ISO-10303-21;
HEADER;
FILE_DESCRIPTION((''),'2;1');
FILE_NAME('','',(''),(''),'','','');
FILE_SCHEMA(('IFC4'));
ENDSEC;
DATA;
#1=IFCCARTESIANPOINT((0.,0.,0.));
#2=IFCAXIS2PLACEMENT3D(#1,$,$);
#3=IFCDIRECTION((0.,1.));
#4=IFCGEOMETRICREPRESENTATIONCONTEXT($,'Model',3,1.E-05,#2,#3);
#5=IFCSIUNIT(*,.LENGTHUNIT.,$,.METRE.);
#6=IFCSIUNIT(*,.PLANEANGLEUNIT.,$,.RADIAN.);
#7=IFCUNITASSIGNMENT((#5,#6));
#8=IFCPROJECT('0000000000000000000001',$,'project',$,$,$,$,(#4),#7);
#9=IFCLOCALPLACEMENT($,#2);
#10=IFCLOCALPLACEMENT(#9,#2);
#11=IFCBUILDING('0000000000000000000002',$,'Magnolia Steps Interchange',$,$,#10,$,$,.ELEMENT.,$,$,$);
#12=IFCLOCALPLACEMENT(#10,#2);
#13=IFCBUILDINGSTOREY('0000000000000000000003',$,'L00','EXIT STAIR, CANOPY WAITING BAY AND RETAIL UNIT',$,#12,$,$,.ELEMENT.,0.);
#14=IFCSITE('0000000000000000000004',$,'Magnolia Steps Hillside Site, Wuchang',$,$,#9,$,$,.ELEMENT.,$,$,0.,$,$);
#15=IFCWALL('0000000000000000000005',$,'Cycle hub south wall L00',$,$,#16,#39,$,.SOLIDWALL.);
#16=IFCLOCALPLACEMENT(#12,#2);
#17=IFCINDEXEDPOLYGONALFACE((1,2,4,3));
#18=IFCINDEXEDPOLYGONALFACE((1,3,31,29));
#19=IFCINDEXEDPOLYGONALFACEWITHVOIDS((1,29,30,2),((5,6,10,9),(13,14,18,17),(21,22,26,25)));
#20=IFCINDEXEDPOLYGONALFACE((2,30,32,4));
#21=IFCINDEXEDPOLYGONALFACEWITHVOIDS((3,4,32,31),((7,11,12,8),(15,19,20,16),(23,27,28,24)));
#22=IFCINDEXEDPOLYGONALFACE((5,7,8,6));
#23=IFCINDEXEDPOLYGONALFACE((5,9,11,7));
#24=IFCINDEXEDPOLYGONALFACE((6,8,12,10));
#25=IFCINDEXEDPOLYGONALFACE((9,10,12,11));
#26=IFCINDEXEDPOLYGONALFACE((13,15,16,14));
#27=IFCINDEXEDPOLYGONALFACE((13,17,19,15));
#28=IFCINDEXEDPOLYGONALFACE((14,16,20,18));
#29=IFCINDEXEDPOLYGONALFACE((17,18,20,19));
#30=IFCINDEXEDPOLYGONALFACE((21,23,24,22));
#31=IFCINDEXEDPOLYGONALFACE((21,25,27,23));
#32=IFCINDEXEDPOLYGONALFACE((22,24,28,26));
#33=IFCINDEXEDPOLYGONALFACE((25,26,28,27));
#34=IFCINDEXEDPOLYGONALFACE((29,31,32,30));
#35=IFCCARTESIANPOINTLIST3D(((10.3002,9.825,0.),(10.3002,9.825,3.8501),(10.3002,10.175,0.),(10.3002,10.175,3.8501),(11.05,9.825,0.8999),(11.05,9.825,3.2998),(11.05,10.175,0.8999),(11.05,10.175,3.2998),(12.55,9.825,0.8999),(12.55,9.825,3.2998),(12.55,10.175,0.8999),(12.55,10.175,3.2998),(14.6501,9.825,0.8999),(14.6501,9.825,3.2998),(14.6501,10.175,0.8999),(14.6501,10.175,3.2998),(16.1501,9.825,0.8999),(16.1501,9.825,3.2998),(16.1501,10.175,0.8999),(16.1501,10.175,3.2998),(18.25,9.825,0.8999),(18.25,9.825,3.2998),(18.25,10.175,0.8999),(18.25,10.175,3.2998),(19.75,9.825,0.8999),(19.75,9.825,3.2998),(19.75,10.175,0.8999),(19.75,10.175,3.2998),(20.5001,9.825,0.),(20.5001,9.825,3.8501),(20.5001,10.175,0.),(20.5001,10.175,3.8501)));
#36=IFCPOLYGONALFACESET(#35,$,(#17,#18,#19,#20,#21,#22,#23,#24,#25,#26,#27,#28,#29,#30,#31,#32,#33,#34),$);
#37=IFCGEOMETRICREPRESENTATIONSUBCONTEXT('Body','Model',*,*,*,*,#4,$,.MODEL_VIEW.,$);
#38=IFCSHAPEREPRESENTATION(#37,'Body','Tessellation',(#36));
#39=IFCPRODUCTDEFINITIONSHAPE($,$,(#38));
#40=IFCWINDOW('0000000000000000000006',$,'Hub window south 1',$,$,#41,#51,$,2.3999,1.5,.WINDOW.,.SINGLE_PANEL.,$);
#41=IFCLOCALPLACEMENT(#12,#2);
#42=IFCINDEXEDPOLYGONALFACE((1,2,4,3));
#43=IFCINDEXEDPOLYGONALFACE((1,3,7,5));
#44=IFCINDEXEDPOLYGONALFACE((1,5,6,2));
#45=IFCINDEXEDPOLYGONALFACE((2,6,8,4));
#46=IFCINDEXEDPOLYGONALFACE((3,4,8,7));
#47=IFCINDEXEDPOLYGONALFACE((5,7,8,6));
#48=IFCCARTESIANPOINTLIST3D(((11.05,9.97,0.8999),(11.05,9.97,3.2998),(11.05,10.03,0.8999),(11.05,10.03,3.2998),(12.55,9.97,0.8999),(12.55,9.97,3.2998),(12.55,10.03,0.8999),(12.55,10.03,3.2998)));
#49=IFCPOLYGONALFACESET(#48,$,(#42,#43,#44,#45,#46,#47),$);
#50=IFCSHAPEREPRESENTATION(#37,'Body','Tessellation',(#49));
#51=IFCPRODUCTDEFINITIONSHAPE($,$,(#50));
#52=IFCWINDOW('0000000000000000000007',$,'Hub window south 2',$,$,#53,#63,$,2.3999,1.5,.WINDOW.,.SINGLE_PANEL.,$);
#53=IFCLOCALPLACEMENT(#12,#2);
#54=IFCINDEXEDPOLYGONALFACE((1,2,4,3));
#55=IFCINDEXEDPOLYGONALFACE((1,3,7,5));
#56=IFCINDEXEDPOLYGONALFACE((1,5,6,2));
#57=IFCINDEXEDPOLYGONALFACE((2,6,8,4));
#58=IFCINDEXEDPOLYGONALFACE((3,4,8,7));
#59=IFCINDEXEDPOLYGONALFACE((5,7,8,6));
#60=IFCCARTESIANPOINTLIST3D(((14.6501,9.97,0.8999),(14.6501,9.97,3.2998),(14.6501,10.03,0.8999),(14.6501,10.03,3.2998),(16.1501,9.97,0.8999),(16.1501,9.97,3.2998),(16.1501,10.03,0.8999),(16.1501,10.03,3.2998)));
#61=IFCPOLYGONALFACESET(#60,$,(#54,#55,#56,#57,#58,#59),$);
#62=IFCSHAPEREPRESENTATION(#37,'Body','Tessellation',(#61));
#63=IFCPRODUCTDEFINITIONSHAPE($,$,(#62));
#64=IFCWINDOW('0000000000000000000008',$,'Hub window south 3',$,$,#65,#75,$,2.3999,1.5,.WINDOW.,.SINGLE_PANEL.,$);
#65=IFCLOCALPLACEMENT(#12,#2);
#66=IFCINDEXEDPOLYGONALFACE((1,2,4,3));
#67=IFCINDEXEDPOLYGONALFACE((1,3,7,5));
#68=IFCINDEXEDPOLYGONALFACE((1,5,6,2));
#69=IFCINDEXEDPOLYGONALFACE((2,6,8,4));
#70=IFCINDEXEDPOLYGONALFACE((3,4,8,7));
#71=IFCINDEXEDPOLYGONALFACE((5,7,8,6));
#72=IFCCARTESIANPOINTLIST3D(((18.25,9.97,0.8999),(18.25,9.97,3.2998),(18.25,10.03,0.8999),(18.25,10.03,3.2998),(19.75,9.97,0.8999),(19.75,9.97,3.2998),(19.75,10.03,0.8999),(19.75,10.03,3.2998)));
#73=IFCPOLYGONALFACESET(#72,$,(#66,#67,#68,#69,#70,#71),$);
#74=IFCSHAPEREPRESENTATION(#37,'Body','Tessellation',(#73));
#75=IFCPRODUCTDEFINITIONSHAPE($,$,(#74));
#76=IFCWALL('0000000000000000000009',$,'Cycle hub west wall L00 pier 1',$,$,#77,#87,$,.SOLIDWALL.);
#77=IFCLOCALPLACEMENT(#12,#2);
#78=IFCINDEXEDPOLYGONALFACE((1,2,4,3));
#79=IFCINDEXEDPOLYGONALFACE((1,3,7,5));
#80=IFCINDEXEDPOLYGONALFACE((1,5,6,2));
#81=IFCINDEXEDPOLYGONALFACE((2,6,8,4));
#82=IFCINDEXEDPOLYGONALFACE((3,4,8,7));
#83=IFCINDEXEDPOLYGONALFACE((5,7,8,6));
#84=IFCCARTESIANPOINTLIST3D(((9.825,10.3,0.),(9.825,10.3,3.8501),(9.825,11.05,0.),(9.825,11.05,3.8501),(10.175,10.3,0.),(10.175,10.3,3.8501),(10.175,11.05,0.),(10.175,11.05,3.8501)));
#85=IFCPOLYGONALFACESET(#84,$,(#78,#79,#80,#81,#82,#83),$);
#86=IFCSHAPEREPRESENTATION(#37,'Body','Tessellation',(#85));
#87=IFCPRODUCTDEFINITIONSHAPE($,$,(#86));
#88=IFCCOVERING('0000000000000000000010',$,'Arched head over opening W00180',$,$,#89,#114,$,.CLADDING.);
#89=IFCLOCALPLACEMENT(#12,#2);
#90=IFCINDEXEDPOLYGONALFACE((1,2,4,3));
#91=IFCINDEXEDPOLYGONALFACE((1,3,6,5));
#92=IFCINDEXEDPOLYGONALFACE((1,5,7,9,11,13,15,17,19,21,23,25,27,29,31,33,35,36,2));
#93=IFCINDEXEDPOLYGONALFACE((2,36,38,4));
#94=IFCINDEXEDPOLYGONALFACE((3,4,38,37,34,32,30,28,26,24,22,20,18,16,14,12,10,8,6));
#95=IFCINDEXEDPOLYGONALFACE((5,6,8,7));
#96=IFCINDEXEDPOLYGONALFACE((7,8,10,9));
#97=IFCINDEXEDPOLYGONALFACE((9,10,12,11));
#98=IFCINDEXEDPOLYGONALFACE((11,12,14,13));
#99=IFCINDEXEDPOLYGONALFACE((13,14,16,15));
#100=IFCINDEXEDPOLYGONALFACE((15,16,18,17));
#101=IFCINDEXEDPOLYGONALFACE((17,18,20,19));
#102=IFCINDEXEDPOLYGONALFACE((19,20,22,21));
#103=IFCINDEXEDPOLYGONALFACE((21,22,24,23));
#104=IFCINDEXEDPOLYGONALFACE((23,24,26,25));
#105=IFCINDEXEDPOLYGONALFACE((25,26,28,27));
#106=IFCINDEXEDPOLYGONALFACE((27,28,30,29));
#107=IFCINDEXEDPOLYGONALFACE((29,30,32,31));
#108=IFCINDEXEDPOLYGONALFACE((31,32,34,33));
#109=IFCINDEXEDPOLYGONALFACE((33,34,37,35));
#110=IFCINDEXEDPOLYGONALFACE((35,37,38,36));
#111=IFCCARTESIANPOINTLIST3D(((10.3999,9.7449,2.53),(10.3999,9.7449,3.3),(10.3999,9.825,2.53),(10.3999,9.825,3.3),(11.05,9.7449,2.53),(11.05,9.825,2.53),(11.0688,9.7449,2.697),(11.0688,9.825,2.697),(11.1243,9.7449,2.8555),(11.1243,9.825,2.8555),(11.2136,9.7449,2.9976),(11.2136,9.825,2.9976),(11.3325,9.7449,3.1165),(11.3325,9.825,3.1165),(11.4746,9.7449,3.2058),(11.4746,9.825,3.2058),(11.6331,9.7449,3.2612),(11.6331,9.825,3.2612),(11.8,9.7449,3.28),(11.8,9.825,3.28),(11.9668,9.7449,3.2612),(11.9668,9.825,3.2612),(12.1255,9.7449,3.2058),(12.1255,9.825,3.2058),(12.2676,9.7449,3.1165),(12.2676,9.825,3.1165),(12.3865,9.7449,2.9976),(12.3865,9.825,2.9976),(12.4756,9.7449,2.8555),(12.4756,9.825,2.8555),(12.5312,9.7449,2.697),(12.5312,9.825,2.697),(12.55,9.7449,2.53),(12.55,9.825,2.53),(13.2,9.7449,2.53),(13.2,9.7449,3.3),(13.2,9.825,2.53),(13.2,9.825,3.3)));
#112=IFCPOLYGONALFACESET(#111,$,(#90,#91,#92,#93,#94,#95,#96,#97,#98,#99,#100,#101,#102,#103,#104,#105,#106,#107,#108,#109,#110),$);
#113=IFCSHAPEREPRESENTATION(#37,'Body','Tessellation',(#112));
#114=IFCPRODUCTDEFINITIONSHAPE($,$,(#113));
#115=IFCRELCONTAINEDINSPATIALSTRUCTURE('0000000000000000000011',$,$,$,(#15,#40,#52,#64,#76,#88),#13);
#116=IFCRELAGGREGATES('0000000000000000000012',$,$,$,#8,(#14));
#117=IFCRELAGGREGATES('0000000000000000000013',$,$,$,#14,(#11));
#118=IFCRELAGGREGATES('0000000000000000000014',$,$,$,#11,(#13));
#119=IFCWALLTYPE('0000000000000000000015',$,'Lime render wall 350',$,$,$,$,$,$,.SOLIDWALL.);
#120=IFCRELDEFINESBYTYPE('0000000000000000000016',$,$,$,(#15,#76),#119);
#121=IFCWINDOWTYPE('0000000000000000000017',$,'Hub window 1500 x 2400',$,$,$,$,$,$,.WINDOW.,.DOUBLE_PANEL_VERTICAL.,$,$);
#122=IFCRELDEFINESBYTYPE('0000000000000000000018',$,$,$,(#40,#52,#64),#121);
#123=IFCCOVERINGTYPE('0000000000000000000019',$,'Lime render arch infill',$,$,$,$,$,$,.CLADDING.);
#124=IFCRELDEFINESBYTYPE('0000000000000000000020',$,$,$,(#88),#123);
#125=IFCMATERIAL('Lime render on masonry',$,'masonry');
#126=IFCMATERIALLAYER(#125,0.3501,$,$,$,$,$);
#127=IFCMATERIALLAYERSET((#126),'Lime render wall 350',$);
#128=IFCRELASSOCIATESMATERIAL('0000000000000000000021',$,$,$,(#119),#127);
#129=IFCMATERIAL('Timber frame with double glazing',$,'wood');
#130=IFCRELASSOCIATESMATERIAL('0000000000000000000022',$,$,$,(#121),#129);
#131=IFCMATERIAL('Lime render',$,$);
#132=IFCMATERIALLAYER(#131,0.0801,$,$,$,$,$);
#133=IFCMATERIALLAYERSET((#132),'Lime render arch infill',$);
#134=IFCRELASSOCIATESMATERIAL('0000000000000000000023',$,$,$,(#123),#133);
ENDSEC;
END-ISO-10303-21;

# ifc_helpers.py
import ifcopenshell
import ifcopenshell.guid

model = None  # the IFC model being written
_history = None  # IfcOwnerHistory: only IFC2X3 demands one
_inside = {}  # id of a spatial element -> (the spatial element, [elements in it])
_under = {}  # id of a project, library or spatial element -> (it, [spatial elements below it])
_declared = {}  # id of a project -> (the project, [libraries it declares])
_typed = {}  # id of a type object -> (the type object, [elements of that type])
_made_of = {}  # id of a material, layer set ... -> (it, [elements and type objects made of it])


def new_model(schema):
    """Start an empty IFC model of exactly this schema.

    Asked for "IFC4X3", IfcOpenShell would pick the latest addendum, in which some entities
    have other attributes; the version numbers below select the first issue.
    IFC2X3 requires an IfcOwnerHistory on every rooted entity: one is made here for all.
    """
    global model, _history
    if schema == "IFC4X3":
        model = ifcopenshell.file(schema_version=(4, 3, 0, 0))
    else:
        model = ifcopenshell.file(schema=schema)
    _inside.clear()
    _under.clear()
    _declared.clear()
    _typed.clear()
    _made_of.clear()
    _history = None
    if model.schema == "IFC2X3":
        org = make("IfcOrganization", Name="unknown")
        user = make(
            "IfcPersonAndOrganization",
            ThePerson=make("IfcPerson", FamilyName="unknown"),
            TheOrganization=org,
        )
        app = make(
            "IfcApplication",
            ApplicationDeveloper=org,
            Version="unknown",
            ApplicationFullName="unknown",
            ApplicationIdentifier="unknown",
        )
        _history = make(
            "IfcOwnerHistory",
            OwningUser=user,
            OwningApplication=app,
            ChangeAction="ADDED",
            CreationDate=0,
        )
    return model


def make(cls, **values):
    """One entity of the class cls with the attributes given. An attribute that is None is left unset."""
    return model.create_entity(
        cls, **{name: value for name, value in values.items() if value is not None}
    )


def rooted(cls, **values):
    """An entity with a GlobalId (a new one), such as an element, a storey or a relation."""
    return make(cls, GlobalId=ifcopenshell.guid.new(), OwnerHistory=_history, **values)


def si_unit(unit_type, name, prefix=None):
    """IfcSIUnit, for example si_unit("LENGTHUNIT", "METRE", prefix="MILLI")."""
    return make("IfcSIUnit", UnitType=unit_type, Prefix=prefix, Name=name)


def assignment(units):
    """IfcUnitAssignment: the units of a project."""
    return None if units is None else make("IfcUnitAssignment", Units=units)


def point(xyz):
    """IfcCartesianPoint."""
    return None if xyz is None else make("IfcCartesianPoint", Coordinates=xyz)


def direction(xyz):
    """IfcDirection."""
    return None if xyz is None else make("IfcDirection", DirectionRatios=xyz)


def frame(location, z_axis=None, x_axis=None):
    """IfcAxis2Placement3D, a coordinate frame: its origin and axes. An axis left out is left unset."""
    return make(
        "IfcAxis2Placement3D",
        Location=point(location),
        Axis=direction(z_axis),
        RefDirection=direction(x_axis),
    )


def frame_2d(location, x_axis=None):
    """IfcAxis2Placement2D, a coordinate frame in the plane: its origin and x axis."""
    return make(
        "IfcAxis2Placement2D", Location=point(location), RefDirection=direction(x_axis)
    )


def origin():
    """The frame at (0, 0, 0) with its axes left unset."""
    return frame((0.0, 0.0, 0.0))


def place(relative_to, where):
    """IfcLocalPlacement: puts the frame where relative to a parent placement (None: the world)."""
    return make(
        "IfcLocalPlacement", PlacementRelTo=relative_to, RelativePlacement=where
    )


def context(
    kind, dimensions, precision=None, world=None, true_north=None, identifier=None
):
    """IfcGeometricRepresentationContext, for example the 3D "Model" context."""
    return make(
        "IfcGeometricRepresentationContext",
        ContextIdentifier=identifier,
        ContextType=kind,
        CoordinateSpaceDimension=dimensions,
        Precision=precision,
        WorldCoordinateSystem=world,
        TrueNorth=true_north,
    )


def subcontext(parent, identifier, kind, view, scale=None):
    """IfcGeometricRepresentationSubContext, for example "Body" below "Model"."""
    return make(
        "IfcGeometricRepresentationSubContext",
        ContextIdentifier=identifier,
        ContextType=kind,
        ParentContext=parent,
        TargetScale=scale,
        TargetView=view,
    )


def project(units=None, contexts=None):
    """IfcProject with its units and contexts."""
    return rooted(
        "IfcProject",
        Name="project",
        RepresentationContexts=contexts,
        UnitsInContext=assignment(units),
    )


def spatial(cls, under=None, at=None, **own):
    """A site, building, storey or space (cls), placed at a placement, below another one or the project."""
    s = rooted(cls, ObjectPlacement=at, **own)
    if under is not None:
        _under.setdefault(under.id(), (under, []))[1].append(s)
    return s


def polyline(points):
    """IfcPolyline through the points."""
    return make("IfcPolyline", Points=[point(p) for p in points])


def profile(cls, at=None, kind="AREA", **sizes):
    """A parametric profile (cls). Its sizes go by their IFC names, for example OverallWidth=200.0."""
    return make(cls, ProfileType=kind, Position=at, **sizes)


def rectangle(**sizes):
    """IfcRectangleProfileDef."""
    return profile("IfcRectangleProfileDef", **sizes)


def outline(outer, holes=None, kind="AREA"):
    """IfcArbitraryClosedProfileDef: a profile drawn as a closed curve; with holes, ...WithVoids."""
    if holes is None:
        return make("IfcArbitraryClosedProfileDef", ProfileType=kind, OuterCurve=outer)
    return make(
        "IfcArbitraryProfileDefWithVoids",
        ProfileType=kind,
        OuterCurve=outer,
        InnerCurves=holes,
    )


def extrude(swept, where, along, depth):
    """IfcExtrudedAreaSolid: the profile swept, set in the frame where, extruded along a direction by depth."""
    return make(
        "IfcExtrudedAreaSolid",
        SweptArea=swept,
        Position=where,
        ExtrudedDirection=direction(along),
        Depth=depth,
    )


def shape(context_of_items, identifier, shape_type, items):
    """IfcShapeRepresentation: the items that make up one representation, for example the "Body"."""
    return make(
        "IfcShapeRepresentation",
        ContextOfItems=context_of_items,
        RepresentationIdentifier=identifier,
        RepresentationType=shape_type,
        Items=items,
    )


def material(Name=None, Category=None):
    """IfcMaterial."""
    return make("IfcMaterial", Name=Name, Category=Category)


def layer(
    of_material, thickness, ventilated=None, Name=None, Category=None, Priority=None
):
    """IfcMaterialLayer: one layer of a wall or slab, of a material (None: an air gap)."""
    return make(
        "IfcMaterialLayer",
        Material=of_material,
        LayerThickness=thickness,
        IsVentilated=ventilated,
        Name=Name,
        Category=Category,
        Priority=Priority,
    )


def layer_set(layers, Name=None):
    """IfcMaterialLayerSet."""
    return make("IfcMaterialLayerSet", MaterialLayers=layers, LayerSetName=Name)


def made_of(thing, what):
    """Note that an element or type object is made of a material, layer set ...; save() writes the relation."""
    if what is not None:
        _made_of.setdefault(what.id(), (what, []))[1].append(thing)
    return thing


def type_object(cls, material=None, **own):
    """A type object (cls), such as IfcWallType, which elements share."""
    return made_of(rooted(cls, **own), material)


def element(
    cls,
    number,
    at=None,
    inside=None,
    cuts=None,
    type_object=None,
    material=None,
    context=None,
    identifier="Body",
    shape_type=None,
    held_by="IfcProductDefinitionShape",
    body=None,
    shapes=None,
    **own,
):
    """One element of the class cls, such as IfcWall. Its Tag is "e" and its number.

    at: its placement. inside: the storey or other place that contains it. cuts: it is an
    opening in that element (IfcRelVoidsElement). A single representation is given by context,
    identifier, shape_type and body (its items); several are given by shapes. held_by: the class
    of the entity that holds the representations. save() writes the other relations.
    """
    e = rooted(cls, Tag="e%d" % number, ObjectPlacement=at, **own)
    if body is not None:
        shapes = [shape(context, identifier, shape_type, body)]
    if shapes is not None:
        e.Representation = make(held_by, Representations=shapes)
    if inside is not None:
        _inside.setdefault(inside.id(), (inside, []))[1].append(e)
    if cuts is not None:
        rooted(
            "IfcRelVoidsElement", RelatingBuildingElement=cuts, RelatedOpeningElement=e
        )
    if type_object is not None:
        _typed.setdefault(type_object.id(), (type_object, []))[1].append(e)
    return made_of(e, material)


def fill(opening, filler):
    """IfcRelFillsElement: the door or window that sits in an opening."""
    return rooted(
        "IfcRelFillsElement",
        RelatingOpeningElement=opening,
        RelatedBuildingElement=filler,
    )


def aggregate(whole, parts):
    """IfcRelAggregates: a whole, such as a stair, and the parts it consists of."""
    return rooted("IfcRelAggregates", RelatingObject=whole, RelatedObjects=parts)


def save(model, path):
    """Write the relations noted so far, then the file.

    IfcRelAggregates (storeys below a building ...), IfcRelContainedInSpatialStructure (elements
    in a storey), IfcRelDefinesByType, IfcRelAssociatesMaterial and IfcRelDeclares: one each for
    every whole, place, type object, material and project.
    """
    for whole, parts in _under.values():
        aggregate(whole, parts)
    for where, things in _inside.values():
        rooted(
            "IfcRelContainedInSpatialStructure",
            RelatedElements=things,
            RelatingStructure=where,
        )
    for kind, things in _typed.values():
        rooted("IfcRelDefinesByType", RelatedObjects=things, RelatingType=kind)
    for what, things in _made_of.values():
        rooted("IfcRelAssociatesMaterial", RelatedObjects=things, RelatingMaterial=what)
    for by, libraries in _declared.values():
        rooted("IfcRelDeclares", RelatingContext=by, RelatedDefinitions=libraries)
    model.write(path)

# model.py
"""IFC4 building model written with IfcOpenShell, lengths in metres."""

from ifc_helpers import new_model, si_unit, direction, frame, frame_2d, origin, place, context, subcontext, project, spatial, polyline, rectangle, outline, extrude, material, layer, layer_set, type_object, element, fill, save


model = new_model("IFC4")

# Units and contexts
model_context = context("Model", 3, precision=1e-05, world=origin(), true_north=direction((0.0, 1.0)))
body_context = subcontext(model_context, "Body", "Model", "MODEL_VIEW")
ifc_project = project(units=[si_unit("LENGTHUNIT", "METRE"), si_unit("PLANEANGLEUNIT", "RADIAN")], contexts=[model_context])

# Site, building, storey
site_placement = place(None, origin())
site = spatial("IfcSite", under=ifc_project, at=site_placement, Name="Magnolia Steps Hillside Site, Wuchang", CompositionType="ELEMENT", RefElevation=0.0)
building_placement = place(site_placement, origin())
building = spatial("IfcBuilding", under=site, at=building_placement, Name="Magnolia Steps Interchange", CompositionType="ELEMENT")
storey_placement = place(building_placement, origin())
storey = spatial("IfcBuildingStorey", under=building, at=storey_placement, Name="L00", Description="EXIT STAIR, CANOPY WAITING BAY AND RETAIL UNIT", CompositionType="ELEMENT", Elevation=0.0)

# Wall, openings, windows
ifc_material_1 = material(Name="Lime render on masonry", Category="masonry")
ifc_layer_1 = layer(ifc_material_1, 0.3501)
ifc_layer_set_1 = layer_set([ifc_layer_1], Name="Lime render wall 350")
wall_type = type_object("IfcWallType", Name="Lime render wall 350", PredefinedType="SOLIDWALL", material=ifc_layer_set_1)
wall_1_placement = place(storey_placement, frame((10.3, 10.0, 0.0), z_axis=(0.0, 0.0, 1.0), x_axis=(1.0, 0.0, 0.0)))
wall_1 = element("IfcWall", 1, at=wall_1_placement, inside=storey, type_object=wall_type, Name="Cycle hub south wall L00", PredefinedType="SOLIDWALL", context=body_context, shape_type="SweptSolid", body=[
    extrude(rectangle(XDim=10.2, YDim=0.3501, at=frame_2d((5.1001, 0.0))), origin(), (0.0, 0.0, 1.0), 3.8501),
])
opening_1_placement = place(wall_1_placement, frame((0.75, 0.0, 0.8999)))
opening_1 = element("IfcOpeningElement", 2, at=opening_1_placement, cuts=wall_1, PredefinedType="OPENING", context=body_context, shape_type="SweptSolid", body=[
    extrude(rectangle(XDim=1.5, YDim=2.3999, at=frame_2d((0.75, 1.2))), frame((0.0, 0.1851, 0.0), z_axis=(0.0, -1.0, 0.0), x_axis=(1.0, 0.0, 0.0)), (0.0, 0.0, 1.0), 0.3701),
])
opening_2_placement = place(wall_1_placement, frame((4.3501, 0.0, 0.8999)))
opening_2 = element("IfcOpeningElement", 3, at=opening_2_placement, cuts=wall_1, PredefinedType="OPENING", context=body_context, shape_type="SweptSolid", body=[
    extrude(rectangle(XDim=1.5, YDim=2.3999, at=frame_2d((0.75, 1.2))), frame((0.0, 0.1851, 0.0), z_axis=(0.0, -1.0, 0.0), x_axis=(1.0, 0.0, 0.0)), (0.0, 0.0, 1.0), 0.3701),
])
opening_3_placement = place(wall_1_placement, frame((7.95, 0.0, 0.8999)))
opening_3 = element("IfcOpeningElement", 4, at=opening_3_placement, cuts=wall_1, PredefinedType="OPENING", context=body_context, shape_type="SweptSolid", body=[
    extrude(rectangle(XDim=1.5, YDim=2.3999, at=frame_2d((0.75, 1.2))), frame((0.0, 0.1851, 0.0), z_axis=(0.0, -1.0, 0.0), x_axis=(1.0, 0.0, 0.0)), (0.0, 0.0, 1.0), 0.3701),
])
ifc_material_2 = material(Name="Timber frame with double glazing", Category="wood")
window_type = type_object("IfcWindowType", Name="Hub window 1500 x 2400", PartitioningType="DOUBLE_PANEL_VERTICAL", PredefinedType="WINDOW", material=ifc_material_2)
window_1_placement = place(opening_1_placement, origin())
window_1 = element("IfcWindow", 5, at=window_1_placement, inside=storey, type_object=window_type, Name="Hub window south 1", OverallHeight=2.3999, OverallWidth=1.5, PartitioningType="SINGLE_PANEL", PredefinedType="WINDOW", context=body_context, shape_type="SweptSolid", body=[
    extrude(rectangle(XDim=1.5, YDim=2.3999, at=frame_2d((0.75, 1.2))), frame((0.0, 0.03, 0.0), z_axis=(0.0, -1.0, 0.0), x_axis=(1.0, 0.0, 0.0)), (0.0, 0.0, 1.0), 0.0601),
])
fill(opening_1, window_1)
window_2_placement = place(opening_2_placement, origin())
window_2 = element("IfcWindow", 6, at=window_2_placement, inside=storey, type_object=window_type, Name="Hub window south 2", OverallHeight=2.3999, OverallWidth=1.5, PartitioningType="SINGLE_PANEL", PredefinedType="WINDOW", context=body_context, shape_type="SweptSolid", body=[
    extrude(rectangle(XDim=1.5, YDim=2.3999, at=frame_2d((0.75, 1.2))), frame((0.0, 0.03, 0.0), z_axis=(0.0, -1.0, 0.0), x_axis=(1.0, 0.0, 0.0)), (0.0, 0.0, 1.0), 0.0601),
])
fill(opening_2, window_2)
window_3_placement = place(opening_3_placement, origin())
window_3 = element("IfcWindow", 7, at=window_3_placement, inside=storey, type_object=window_type, Name="Hub window south 3", OverallHeight=2.3999, OverallWidth=1.5, PartitioningType="SINGLE_PANEL", PredefinedType="WINDOW", context=body_context, shape_type="SweptSolid", body=[
    extrude(rectangle(XDim=1.5, YDim=2.3999, at=frame_2d((0.75, 1.2))), frame((0.0, 0.03, 0.0), z_axis=(0.0, -1.0, 0.0), x_axis=(1.0, 0.0, 0.0)), (0.0, 0.0, 1.0), 0.0601),
])
fill(opening_3, window_3)

# Wall
wall_2_placement = place(storey_placement, frame((10.0, 10.3, 0.0), z_axis=(0.0, 0.0, 1.0), x_axis=(0.0, 1.0, 0.0)))
element("IfcWall", 8, at=wall_2_placement, inside=storey, type_object=wall_type, Name="Cycle hub west wall L00 pier 1", PredefinedType="SOLIDWALL", context=body_context, shape_type="SweptSolid", body=[
    extrude(rectangle(XDim=0.75, YDim=0.3501, at=frame_2d((0.375, 0.0))), origin(), (0.0, 0.0, 1.0), 3.8501),
])

# Covering
ifc_material_3 = material(Name="Lime render")
ifc_layer_2 = layer(ifc_material_3, 0.0801)
ifc_layer_set_2 = layer_set([ifc_layer_2], Name="Lime render arch infill")
covering_type_1 = type_object("IfcCoveringType", Name="Lime render arch infill", PredefinedType="CLADDING", material=ifc_layer_set_2)
covering_1_placement = place(storey_placement, frame((10.3999, 9.825, 2.53), z_axis=(0.0, 1.0, 0.0), x_axis=(0.0, 0.0, 1.0)))
element("IfcCovering", 9, at=covering_1_placement, inside=storey, type_object=covering_type_1, Name="Arched head over opening W00180", PredefinedType="CLADDING", context=body_context, shape_type="SweptSolid", body=[
    extrude(outline(polyline([(0.0, 0.0), (0.77, 0.0), (0.77, 2.8), (0.0, 2.8), (0.0, 2.1501), (0.167, 2.1313), (0.3254, 2.0757), (0.4675, 1.9866), (0.5864, 1.8677), (0.6758, 1.7256), (0.7312, 1.5669), (0.75, 1.4001), (0.7312, 1.2332), (0.6758, 1.0747), (0.5864, 0.9326), (0.4675, 0.8137), (0.3254, 0.7244), (0.167, 0.6689), (0.0, 0.6501), (0.0, 0.0)])), origin(), (0.0, 0.0, -1.0), 0.0801),
])

save(model, "model.ifc")
